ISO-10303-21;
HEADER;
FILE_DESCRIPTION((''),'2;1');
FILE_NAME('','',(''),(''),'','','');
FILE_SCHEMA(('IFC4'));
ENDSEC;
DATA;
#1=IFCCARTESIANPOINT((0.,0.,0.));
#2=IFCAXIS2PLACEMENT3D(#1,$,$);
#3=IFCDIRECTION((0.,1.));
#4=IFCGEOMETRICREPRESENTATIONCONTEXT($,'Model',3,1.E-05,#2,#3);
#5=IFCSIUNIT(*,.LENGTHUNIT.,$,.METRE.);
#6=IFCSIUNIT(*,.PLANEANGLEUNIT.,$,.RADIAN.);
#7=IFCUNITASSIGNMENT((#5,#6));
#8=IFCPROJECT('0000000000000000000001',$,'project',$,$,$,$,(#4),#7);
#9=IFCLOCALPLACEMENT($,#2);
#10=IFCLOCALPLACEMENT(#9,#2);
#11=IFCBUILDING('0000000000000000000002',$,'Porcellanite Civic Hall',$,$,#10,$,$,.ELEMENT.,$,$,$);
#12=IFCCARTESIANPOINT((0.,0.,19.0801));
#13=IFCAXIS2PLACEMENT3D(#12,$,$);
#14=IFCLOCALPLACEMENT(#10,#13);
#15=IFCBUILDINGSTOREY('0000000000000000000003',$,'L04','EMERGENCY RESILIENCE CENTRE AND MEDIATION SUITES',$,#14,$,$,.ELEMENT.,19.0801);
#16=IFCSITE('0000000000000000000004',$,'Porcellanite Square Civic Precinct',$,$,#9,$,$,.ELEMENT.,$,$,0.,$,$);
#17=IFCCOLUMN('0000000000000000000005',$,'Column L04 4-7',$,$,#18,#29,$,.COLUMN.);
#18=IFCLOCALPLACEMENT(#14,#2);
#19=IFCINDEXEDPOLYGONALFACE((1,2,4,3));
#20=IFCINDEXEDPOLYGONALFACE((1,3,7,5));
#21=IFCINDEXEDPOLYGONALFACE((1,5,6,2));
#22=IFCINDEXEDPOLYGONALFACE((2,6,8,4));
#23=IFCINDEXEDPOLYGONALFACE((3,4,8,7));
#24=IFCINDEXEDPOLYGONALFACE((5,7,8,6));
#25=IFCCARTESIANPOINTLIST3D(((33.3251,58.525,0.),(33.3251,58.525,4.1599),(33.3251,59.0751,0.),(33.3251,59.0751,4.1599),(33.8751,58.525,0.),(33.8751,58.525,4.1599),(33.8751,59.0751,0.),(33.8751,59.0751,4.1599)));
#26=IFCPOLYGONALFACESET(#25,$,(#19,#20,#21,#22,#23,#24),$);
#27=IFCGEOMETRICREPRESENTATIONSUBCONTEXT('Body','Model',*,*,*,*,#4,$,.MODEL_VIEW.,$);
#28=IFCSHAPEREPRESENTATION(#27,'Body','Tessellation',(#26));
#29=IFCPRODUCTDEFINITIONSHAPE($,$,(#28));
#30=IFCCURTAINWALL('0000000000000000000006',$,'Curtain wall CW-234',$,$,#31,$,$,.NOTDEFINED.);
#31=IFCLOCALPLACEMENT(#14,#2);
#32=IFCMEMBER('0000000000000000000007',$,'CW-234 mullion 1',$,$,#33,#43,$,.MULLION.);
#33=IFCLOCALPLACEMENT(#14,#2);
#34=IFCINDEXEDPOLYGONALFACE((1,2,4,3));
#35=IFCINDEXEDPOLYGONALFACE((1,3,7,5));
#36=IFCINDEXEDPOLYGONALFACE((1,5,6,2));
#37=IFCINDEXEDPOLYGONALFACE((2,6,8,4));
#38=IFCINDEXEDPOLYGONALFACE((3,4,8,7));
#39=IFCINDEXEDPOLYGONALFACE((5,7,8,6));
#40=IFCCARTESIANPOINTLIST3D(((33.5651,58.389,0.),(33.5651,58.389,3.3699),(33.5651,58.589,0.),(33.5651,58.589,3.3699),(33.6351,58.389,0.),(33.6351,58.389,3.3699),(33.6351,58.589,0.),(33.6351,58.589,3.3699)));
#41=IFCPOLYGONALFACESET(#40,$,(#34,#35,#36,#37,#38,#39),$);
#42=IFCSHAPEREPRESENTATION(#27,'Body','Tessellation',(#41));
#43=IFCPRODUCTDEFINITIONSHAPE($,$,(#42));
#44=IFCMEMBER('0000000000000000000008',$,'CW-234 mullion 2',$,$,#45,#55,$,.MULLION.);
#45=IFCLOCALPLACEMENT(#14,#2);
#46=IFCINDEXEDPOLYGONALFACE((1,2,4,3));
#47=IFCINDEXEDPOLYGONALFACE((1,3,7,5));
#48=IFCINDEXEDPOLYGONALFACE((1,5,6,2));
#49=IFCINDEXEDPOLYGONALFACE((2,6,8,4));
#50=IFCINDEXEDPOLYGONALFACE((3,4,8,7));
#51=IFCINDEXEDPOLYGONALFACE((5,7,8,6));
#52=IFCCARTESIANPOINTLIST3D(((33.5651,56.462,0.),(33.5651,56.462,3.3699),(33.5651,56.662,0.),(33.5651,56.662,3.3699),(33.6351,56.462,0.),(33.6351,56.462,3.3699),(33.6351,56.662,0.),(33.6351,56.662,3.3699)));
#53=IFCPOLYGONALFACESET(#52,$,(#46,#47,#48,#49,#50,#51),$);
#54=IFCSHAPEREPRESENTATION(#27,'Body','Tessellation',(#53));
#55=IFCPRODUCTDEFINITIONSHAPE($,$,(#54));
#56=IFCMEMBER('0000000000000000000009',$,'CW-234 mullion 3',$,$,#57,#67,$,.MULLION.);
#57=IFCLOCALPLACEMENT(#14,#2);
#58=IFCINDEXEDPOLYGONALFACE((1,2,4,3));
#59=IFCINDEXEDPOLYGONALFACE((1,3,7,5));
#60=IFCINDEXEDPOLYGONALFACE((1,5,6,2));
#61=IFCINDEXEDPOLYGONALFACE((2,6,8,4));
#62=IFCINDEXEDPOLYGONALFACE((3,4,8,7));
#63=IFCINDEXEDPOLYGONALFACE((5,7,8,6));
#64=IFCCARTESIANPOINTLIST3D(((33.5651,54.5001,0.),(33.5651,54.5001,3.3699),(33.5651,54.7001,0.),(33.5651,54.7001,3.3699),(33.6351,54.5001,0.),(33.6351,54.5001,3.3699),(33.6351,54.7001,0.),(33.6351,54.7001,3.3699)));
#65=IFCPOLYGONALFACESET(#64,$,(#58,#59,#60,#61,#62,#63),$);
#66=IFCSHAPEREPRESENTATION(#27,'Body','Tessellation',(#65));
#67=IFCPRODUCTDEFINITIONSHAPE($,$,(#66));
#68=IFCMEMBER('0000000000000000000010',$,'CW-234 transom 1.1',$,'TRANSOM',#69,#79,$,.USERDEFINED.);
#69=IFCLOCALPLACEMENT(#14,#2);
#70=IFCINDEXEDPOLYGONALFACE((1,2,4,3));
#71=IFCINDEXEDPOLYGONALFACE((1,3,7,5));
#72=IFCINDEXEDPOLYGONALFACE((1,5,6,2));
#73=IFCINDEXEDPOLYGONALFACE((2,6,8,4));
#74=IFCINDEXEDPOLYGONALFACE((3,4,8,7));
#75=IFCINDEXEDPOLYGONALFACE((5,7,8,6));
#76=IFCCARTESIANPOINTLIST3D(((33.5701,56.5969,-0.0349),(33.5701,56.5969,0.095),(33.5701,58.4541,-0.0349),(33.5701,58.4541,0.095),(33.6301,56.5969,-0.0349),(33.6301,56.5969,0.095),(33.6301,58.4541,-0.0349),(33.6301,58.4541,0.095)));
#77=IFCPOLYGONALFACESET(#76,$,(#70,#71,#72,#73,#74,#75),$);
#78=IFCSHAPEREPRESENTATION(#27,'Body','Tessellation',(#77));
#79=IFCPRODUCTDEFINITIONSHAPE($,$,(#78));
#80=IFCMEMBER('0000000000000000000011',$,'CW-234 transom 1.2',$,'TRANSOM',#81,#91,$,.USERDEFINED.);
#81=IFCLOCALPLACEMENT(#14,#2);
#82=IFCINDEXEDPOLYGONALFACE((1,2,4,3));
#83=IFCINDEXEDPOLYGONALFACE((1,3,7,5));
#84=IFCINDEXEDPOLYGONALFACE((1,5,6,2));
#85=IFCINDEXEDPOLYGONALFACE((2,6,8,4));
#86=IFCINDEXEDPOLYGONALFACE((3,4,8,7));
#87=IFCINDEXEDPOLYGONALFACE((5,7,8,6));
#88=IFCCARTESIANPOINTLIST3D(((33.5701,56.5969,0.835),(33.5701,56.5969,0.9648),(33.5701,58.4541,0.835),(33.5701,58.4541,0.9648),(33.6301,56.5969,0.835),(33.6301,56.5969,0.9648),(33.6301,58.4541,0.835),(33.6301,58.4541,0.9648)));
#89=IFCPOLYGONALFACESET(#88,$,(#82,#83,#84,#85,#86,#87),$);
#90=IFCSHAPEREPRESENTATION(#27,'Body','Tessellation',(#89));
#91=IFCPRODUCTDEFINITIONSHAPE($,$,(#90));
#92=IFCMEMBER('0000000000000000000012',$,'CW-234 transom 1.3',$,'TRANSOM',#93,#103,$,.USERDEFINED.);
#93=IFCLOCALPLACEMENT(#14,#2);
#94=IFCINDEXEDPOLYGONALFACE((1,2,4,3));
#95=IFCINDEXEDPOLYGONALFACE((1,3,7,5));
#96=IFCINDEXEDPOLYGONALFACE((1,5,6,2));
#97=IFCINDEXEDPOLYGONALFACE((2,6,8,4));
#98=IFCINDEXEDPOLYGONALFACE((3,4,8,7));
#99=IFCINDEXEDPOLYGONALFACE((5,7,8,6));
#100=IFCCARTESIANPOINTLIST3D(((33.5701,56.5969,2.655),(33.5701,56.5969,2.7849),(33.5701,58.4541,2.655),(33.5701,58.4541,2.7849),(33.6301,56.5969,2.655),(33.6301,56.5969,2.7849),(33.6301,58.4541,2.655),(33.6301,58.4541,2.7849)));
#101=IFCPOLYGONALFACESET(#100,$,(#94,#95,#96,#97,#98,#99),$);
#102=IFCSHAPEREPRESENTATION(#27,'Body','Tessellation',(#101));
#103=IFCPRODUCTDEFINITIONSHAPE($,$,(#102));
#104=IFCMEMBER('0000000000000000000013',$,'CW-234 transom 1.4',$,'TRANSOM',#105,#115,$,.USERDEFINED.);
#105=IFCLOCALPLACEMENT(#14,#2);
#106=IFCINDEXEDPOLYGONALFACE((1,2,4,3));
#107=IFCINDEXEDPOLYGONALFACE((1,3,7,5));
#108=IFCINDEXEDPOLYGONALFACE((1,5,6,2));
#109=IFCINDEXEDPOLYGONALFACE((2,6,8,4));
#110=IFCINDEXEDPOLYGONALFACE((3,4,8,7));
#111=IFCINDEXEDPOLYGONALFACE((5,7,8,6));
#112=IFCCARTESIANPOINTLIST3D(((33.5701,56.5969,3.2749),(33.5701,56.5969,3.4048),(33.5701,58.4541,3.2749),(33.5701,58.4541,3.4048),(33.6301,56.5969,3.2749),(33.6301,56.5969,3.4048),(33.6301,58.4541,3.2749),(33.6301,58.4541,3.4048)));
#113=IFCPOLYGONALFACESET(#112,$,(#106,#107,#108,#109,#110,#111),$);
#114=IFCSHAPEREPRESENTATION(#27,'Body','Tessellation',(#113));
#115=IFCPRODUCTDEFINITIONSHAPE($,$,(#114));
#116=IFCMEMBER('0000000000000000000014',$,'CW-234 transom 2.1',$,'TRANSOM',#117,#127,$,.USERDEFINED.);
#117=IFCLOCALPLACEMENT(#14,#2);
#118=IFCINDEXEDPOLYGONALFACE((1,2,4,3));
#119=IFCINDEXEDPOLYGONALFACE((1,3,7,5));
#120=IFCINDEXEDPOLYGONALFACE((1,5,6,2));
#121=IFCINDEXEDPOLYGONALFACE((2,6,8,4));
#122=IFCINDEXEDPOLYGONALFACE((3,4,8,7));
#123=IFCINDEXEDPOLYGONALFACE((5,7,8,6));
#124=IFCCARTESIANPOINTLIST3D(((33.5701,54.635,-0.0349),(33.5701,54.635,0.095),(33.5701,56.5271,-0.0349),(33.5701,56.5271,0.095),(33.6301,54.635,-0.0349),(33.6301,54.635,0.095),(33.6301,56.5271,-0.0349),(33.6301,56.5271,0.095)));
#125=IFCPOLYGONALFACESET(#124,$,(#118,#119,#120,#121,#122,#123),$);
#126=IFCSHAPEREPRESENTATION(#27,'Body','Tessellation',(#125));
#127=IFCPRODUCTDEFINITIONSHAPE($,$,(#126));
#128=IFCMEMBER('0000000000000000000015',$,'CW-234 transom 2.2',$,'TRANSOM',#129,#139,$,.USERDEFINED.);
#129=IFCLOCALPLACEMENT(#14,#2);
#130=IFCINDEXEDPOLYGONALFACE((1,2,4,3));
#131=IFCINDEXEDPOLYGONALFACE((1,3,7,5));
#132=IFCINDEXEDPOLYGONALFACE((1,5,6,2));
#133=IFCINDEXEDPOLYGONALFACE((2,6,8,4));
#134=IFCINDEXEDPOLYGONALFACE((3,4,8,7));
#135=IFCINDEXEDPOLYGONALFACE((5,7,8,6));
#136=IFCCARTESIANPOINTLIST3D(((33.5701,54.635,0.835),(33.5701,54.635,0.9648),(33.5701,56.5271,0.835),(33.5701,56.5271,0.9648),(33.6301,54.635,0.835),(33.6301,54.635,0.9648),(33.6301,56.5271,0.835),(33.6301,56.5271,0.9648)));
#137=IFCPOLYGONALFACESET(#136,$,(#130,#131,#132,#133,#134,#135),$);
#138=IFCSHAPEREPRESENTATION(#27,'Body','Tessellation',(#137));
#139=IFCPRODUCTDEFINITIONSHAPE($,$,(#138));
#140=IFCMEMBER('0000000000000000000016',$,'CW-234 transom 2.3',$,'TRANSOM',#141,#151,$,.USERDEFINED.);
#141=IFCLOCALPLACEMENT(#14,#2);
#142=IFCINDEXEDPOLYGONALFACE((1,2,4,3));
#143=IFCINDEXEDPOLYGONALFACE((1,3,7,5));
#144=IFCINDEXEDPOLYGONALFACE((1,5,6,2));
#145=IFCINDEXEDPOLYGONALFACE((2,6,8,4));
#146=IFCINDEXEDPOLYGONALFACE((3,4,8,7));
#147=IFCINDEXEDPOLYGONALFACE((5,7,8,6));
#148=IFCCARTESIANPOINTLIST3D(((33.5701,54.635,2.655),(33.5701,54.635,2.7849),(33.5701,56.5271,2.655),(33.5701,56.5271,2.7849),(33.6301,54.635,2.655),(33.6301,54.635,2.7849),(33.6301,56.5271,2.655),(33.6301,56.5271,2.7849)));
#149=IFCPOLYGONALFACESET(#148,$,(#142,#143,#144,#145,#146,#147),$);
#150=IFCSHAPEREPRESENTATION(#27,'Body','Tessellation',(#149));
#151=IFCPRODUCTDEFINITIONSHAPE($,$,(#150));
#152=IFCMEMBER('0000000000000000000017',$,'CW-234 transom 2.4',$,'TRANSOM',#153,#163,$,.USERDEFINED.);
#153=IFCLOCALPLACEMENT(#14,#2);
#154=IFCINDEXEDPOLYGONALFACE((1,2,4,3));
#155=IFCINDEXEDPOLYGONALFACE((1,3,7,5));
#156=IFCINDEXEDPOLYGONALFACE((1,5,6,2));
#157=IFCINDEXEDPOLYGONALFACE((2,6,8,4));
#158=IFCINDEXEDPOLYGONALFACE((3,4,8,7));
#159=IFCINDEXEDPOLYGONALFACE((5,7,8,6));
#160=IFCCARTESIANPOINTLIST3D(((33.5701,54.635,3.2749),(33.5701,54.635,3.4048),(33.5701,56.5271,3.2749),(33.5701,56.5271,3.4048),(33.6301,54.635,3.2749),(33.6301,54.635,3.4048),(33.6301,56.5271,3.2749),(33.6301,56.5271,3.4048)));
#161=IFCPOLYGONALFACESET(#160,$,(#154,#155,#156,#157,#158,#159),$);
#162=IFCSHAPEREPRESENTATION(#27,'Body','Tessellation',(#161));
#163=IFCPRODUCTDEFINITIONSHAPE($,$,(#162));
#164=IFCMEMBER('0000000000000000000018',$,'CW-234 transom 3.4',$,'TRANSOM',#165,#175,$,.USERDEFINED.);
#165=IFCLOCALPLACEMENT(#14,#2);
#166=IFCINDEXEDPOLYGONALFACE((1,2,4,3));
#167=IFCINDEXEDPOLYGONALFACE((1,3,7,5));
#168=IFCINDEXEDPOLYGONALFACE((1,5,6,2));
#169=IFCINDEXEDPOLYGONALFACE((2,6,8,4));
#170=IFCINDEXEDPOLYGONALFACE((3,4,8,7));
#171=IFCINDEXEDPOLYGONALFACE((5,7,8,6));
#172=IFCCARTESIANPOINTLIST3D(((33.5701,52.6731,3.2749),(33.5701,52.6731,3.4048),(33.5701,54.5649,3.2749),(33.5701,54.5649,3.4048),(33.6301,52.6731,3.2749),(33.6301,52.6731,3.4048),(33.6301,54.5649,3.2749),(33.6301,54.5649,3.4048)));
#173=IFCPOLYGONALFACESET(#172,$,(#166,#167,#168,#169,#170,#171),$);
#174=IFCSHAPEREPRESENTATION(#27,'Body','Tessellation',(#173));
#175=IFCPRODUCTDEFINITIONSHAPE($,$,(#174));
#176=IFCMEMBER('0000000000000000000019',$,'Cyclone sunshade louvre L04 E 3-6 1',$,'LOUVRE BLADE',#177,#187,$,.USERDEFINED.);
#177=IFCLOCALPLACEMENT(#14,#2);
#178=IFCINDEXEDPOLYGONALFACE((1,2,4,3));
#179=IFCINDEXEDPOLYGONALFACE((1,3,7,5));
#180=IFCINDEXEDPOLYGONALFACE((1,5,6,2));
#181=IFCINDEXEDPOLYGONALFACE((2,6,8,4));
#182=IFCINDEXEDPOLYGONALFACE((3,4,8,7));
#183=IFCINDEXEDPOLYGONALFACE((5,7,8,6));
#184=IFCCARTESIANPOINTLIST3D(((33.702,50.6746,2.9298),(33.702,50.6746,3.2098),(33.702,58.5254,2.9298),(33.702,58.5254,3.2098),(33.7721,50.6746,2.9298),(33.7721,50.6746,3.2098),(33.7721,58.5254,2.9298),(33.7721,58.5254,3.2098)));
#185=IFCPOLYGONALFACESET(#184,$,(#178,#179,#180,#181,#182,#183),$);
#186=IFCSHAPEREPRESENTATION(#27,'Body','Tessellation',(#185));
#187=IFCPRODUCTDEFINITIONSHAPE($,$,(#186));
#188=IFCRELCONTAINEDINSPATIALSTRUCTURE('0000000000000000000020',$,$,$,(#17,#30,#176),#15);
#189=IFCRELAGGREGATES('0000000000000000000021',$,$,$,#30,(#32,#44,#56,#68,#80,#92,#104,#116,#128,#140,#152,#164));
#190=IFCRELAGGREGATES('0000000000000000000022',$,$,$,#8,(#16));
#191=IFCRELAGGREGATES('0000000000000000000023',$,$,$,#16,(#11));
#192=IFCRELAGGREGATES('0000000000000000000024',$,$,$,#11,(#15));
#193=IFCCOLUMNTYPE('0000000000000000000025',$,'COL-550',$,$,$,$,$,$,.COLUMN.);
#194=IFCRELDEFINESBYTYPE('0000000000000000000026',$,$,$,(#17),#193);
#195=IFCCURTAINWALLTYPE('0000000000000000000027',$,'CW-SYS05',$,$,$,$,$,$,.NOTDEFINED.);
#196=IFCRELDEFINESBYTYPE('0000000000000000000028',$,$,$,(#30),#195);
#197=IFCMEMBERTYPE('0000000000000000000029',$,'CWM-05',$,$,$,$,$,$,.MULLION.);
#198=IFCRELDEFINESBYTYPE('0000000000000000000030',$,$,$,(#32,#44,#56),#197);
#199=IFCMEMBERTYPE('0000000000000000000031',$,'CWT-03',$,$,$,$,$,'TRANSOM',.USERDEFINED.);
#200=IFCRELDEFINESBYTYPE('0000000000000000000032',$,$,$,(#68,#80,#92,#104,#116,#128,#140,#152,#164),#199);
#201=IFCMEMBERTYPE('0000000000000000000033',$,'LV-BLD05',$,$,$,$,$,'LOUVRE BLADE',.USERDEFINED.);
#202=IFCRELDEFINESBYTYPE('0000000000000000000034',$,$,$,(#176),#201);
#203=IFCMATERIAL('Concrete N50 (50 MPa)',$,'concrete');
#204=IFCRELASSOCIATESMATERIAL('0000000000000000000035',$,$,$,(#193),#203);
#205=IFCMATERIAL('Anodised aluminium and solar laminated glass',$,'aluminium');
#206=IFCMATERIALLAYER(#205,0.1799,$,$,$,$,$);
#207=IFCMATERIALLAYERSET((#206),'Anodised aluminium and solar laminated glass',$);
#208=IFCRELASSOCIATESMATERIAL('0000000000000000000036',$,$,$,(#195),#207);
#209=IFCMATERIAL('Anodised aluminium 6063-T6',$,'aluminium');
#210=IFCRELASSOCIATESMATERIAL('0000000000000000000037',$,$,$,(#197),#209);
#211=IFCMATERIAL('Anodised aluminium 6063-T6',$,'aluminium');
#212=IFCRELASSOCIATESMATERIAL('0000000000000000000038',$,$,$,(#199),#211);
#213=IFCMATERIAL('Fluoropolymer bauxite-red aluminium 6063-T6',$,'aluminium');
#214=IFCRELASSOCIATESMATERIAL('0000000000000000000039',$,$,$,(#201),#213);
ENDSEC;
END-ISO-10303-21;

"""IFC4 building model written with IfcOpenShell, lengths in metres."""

from ifc_helpers import new_model, si_unit, direction, frame, origin, origin_2d, place, context, subcontext, project, spatial, rectangle, extrude, material, layer, layer_set, material_profile, profile_set, type_object, element, aggregate, save


model = new_model("IFC4")

# Units and contexts
model_context = context("Model", 3, precision=1e-05, world=origin(), true_north=direction((0.0, 1.0)))
body_context = subcontext(model_context, "Body", "Model", "MODEL_VIEW")
ifc_project = project(units=[si_unit("LENGTHUNIT", "METRE"), si_unit("PLANEANGLEUNIT", "RADIAN")], contexts=[model_context])

# Site, building, storey
site_placement = place(None, origin())
site = spatial("IfcSite", under=ifc_project, at=site_placement, Name="Porcellanite Square Civic Precinct", CompositionType="ELEMENT", RefElevation=0.0)
building_placement = place(site_placement, origin())
building = spatial("IfcBuilding", under=site, at=building_placement, Name="Porcellanite Civic Hall", CompositionType="ELEMENT")
storey_placement = place(building_placement, frame((0.0, 0.0, 19.0801)))
storey = spatial("IfcBuildingStorey", under=building, at=storey_placement, Name="L04", Description="EMERGENCY RESILIENCE CENTRE AND MEDIATION SUITES", CompositionType="ELEMENT", Elevation=19.0801)

# Column
ifc_material_1 = material(Name="Concrete N50 (50 MPa)", Category="concrete")
ifc_material_profile_1 = material_profile(ifc_material_1, rectangle(XDim=0.55, YDim=0.55, at=origin_2d()), Name="RC-550x550")
ifc_profile_set_1 = profile_set([ifc_material_profile_1], Name="Concrete N50 (50 MPa)")
column_type = type_object("IfcColumnType", Name="COL-550", PredefinedType="COLUMN", material=ifc_profile_set_1)
column_placement = place(storey_placement, frame((33.6001, 58.8, 0.0), z_axis=(0.0, 0.0, 1.0), x_axis=(1.0, 0.0, 0.0)))
element("IfcColumn", 1, at=column_placement, inside=storey, type_object=column_type, Name="Column L04 4-7", PredefinedType="COLUMN", context=body_context, shape_type="SweptSolid", body=[
    extrude(rectangle(XDim=0.55, YDim=0.55, at=origin_2d()), origin(), (0.0, 0.0, 1.0), 4.1599),
])

# Curtain wall, members
ifc_material_2 = material(Name="Anodised aluminium and solar laminated glass", Category="aluminium")
ifc_layer_1 = layer(ifc_material_2, 0.1799)
ifc_layer_set_1 = layer_set([ifc_layer_1], Name="Anodised aluminium and solar laminated glass")
curtain_wall_type = type_object("IfcCurtainWallType", Name="CW-SYS05", PredefinedType="NOTDEFINED", material=ifc_layer_set_1)
curtain_wall_placement = place(storey_placement, origin())
curtain_wall = element("IfcCurtainWall", 2, at=curtain_wall_placement, inside=storey, type_object=curtain_wall_type, Name="Curtain wall CW-234", PredefinedType="NOTDEFINED")
ifc_material_3 = material(Name="Anodised aluminium 6063-T6", Category="aluminium")
ifc_material_profile_2 = material_profile(ifc_material_3, rectangle(XDim=0.0701, YDim=0.2, at=origin_2d()), Name="AL-70x200")
ifc_profile_set_2 = profile_set([ifc_material_profile_2], Name="Anodised aluminium 6063-T6")
member_type_1 = type_object("IfcMemberType", Name="CWM-05", PredefinedType="MULLION", material=ifc_profile_set_2)
member_1_placement = place(storey_placement, frame((33.6001, 58.489, 0.0), z_axis=(0.0, 0.0, 1.0), x_axis=(1.0, 0.0, 0.0)))
member_1 = element("IfcMember", 3, at=member_1_placement, type_object=member_type_1, Name="CW-234 mullion 1", PredefinedType="MULLION", context=body_context, shape_type="SweptSolid", body=[
    extrude(rectangle(XDim=0.0701, YDim=0.2, at=origin_2d()), origin(), (0.0, 0.0, 1.0), 3.3699),
])
member_2_placement = place(storey_placement, frame((33.6001, 56.562, 0.0), z_axis=(0.0, 0.0, 1.0), x_axis=(1.0, 0.0, 0.0)))
member_2 = element("IfcMember", 4, at=member_2_placement, type_object=member_type_1, Name="CW-234 mullion 2", PredefinedType="MULLION", context=body_context, shape_type="SweptSolid", body=[
    extrude(rectangle(XDim=0.0701, YDim=0.2, at=origin_2d()), origin(), (0.0, 0.0, 1.0), 3.3699),
])
member_3_placement = place(storey_placement, frame((33.6001, 54.6001, 0.0), z_axis=(0.0, 0.0, 1.0), x_axis=(1.0, 0.0, 0.0)))
member_3 = element("IfcMember", 5, at=member_3_placement, type_object=member_type_1, Name="CW-234 mullion 3", PredefinedType="MULLION", context=body_context, shape_type="SweptSolid", body=[
    extrude(rectangle(XDim=0.0701, YDim=0.2, at=origin_2d()), origin(), (0.0, 0.0, 1.0), 3.3699),
])
ifc_material_4 = material(Name="Anodised aluminium 6063-T6", Category="aluminium")
ifc_material_profile_3 = material_profile(ifc_material_4, rectangle(XDim=0.0601, YDim=0.1299, at=origin_2d()), Name="AL-60x130")
ifc_profile_set_3 = profile_set([ifc_material_profile_3], Name="Anodised aluminium 6063-T6")
member_type_2 = type_object("IfcMemberType", Name="CWT-03", ElementType="TRANSOM", PredefinedType="USERDEFINED", material=ifc_profile_set_3)
member_4_placement = place(storey_placement, frame((33.6001, 58.4541, 0.03), z_axis=(0.0, -1.0, 0.0), x_axis=(1.0, 0.0, 0.0)))
member_4 = element("IfcMember", 6, at=member_4_placement, type_object=member_type_2, Name="CW-234 transom 1.1", ObjectType="TRANSOM", PredefinedType="USERDEFINED", context=body_context, shape_type="SweptSolid", body=[
    extrude(rectangle(XDim=0.0601, YDim=0.1299, at=origin_2d()), origin(), (0.0, 0.0, 1.0), 1.8572),
])
member_5_placement = place(storey_placement, frame((33.6001, 58.4541, 0.8999), z_axis=(0.0, -1.0, 0.0), x_axis=(1.0, 0.0, 0.0)))
member_5 = element("IfcMember", 7, at=member_5_placement, type_object=member_type_2, Name="CW-234 transom 1.2", ObjectType="TRANSOM", PredefinedType="USERDEFINED", context=body_context, shape_type="SweptSolid", body=[
    extrude(rectangle(XDim=0.0601, YDim=0.1299, at=origin_2d()), origin(), (0.0, 0.0, 1.0), 1.8572),
])
member_6_placement = place(storey_placement, frame((33.6001, 58.4541, 2.72), z_axis=(0.0, -1.0, 0.0), x_axis=(1.0, 0.0, 0.0)))
member_6 = element("IfcMember", 8, at=member_6_placement, type_object=member_type_2, Name="CW-234 transom 1.3", ObjectType="TRANSOM", PredefinedType="USERDEFINED", context=body_context, shape_type="SweptSolid", body=[
    extrude(rectangle(XDim=0.0601, YDim=0.1299, at=origin_2d()), origin(), (0.0, 0.0, 1.0), 1.8572),
])
member_7_placement = place(storey_placement, frame((33.6001, 58.4541, 3.3398), z_axis=(0.0, -1.0, 0.0), x_axis=(1.0, 0.0, 0.0)))
member_7 = element("IfcMember", 9, at=member_7_placement, type_object=member_type_2, Name="CW-234 transom 1.4", ObjectType="TRANSOM", PredefinedType="USERDEFINED", context=body_context, shape_type="SweptSolid", body=[
    extrude(rectangle(XDim=0.0601, YDim=0.1299, at=origin_2d()), origin(), (0.0, 0.0, 1.0), 1.8572),
])
member_8_placement = place(storey_placement, frame((33.6001, 56.5271, 0.03), z_axis=(0.0, -1.0, 0.0), x_axis=(1.0, 0.0, 0.0)))
member_8 = element("IfcMember", 10, at=member_8_placement, type_object=member_type_2, Name="CW-234 transom 2.1", ObjectType="TRANSOM", PredefinedType="USERDEFINED", context=body_context, shape_type="SweptSolid", body=[
    extrude(rectangle(XDim=0.0601, YDim=0.1299, at=origin_2d()), origin(), (0.0, 0.0, 1.0), 1.8921),
])
member_9_placement = place(storey_placement, frame((33.6001, 56.5271, 0.8999), z_axis=(0.0, -1.0, 0.0), x_axis=(1.0, 0.0, 0.0)))
member_9 = element("IfcMember", 11, at=member_9_placement, type_object=member_type_2, Name="CW-234 transom 2.2", ObjectType="TRANSOM", PredefinedType="USERDEFINED", context=body_context, shape_type="SweptSolid", body=[
    extrude(rectangle(XDim=0.0601, YDim=0.1299, at=origin_2d()), origin(), (0.0, 0.0, 1.0), 1.8921),
])
member_10_placement = place(storey_placement, frame((33.6001, 56.5271, 2.72), z_axis=(0.0, -1.0, 0.0), x_axis=(1.0, 0.0, 0.0)))
member_10 = element("IfcMember", 12, at=member_10_placement, type_object=member_type_2, Name="CW-234 transom 2.3", ObjectType="TRANSOM", PredefinedType="USERDEFINED", context=body_context, shape_type="SweptSolid", body=[
    extrude(rectangle(XDim=0.0601, YDim=0.1299, at=origin_2d()), origin(), (0.0, 0.0, 1.0), 1.8921),
])
member_11_placement = place(storey_placement, frame((33.6001, 56.5271, 3.3398), z_axis=(0.0, -1.0, 0.0), x_axis=(1.0, 0.0, 0.0)))
member_11 = element("IfcMember", 13, at=member_11_placement, type_object=member_type_2, Name="CW-234 transom 2.4", ObjectType="TRANSOM", PredefinedType="USERDEFINED", context=body_context, shape_type="SweptSolid", body=[
    extrude(rectangle(XDim=0.0601, YDim=0.1299, at=origin_2d()), origin(), (0.0, 0.0, 1.0), 1.8921),
])
member_12_placement = place(storey_placement, frame((33.6001, 54.5649, 3.3398), z_axis=(0.0, -1.0, 0.0), x_axis=(1.0, 0.0, 0.0)))
member_12 = element("IfcMember", 14, at=member_12_placement, type_object=member_type_2, Name="CW-234 transom 3.4", ObjectType="TRANSOM", PredefinedType="USERDEFINED", context=body_context, shape_type="SweptSolid", body=[
    extrude(rectangle(XDim=0.0601, YDim=0.1299, at=origin_2d()), origin(), (0.0, 0.0, 1.0), 1.8918),
])

# Member
ifc_material_5 = material(Name="Fluoropolymer bauxite-red aluminium 6063-T6", Category="aluminium")
ifc_material_profile_4 = material_profile(ifc_material_5, rectangle(XDim=0.0701, YDim=0.28, at=origin_2d()), Name="AL-70x280")
ifc_profile_set_4 = profile_set([ifc_material_profile_4], Name="Fluoropolymer bauxite-red aluminium 6063-T6")
member_type_3 = type_object("IfcMemberType", Name="LV-BLD05", ElementType="LOUVRE BLADE", PredefinedType="USERDEFINED", material=ifc_profile_set_4)
for number, where, z_axis, x_axis, name in (
    (15, (33.7371, 58.5254, 3.0698), (0.0, -1.0, 0.0), (1.0, 0.0, 0.0), "Cyclone sunshade louvre L04 E 3-6 1"),
):
    element("IfcMember", number, at=place(storey_placement, frame(where, z_axis=z_axis, x_axis=x_axis)), inside=storey, type_object=member_type_3, Name=name, ObjectType="LOUVRE BLADE", PredefinedType="USERDEFINED", context=body_context, shape_type="SweptSolid", body=[
        extrude(rectangle(XDim=0.0701, YDim=0.28, at=origin_2d()), origin(), (0.0, 0.0, 1.0), 7.8508),
    ])

aggregate(curtain_wall, [member_1, member_2, member_3, member_4, member_5, member_6, member_7, member_8, member_9, member_10, member_11, member_12])

save(model, "model.ifc")
